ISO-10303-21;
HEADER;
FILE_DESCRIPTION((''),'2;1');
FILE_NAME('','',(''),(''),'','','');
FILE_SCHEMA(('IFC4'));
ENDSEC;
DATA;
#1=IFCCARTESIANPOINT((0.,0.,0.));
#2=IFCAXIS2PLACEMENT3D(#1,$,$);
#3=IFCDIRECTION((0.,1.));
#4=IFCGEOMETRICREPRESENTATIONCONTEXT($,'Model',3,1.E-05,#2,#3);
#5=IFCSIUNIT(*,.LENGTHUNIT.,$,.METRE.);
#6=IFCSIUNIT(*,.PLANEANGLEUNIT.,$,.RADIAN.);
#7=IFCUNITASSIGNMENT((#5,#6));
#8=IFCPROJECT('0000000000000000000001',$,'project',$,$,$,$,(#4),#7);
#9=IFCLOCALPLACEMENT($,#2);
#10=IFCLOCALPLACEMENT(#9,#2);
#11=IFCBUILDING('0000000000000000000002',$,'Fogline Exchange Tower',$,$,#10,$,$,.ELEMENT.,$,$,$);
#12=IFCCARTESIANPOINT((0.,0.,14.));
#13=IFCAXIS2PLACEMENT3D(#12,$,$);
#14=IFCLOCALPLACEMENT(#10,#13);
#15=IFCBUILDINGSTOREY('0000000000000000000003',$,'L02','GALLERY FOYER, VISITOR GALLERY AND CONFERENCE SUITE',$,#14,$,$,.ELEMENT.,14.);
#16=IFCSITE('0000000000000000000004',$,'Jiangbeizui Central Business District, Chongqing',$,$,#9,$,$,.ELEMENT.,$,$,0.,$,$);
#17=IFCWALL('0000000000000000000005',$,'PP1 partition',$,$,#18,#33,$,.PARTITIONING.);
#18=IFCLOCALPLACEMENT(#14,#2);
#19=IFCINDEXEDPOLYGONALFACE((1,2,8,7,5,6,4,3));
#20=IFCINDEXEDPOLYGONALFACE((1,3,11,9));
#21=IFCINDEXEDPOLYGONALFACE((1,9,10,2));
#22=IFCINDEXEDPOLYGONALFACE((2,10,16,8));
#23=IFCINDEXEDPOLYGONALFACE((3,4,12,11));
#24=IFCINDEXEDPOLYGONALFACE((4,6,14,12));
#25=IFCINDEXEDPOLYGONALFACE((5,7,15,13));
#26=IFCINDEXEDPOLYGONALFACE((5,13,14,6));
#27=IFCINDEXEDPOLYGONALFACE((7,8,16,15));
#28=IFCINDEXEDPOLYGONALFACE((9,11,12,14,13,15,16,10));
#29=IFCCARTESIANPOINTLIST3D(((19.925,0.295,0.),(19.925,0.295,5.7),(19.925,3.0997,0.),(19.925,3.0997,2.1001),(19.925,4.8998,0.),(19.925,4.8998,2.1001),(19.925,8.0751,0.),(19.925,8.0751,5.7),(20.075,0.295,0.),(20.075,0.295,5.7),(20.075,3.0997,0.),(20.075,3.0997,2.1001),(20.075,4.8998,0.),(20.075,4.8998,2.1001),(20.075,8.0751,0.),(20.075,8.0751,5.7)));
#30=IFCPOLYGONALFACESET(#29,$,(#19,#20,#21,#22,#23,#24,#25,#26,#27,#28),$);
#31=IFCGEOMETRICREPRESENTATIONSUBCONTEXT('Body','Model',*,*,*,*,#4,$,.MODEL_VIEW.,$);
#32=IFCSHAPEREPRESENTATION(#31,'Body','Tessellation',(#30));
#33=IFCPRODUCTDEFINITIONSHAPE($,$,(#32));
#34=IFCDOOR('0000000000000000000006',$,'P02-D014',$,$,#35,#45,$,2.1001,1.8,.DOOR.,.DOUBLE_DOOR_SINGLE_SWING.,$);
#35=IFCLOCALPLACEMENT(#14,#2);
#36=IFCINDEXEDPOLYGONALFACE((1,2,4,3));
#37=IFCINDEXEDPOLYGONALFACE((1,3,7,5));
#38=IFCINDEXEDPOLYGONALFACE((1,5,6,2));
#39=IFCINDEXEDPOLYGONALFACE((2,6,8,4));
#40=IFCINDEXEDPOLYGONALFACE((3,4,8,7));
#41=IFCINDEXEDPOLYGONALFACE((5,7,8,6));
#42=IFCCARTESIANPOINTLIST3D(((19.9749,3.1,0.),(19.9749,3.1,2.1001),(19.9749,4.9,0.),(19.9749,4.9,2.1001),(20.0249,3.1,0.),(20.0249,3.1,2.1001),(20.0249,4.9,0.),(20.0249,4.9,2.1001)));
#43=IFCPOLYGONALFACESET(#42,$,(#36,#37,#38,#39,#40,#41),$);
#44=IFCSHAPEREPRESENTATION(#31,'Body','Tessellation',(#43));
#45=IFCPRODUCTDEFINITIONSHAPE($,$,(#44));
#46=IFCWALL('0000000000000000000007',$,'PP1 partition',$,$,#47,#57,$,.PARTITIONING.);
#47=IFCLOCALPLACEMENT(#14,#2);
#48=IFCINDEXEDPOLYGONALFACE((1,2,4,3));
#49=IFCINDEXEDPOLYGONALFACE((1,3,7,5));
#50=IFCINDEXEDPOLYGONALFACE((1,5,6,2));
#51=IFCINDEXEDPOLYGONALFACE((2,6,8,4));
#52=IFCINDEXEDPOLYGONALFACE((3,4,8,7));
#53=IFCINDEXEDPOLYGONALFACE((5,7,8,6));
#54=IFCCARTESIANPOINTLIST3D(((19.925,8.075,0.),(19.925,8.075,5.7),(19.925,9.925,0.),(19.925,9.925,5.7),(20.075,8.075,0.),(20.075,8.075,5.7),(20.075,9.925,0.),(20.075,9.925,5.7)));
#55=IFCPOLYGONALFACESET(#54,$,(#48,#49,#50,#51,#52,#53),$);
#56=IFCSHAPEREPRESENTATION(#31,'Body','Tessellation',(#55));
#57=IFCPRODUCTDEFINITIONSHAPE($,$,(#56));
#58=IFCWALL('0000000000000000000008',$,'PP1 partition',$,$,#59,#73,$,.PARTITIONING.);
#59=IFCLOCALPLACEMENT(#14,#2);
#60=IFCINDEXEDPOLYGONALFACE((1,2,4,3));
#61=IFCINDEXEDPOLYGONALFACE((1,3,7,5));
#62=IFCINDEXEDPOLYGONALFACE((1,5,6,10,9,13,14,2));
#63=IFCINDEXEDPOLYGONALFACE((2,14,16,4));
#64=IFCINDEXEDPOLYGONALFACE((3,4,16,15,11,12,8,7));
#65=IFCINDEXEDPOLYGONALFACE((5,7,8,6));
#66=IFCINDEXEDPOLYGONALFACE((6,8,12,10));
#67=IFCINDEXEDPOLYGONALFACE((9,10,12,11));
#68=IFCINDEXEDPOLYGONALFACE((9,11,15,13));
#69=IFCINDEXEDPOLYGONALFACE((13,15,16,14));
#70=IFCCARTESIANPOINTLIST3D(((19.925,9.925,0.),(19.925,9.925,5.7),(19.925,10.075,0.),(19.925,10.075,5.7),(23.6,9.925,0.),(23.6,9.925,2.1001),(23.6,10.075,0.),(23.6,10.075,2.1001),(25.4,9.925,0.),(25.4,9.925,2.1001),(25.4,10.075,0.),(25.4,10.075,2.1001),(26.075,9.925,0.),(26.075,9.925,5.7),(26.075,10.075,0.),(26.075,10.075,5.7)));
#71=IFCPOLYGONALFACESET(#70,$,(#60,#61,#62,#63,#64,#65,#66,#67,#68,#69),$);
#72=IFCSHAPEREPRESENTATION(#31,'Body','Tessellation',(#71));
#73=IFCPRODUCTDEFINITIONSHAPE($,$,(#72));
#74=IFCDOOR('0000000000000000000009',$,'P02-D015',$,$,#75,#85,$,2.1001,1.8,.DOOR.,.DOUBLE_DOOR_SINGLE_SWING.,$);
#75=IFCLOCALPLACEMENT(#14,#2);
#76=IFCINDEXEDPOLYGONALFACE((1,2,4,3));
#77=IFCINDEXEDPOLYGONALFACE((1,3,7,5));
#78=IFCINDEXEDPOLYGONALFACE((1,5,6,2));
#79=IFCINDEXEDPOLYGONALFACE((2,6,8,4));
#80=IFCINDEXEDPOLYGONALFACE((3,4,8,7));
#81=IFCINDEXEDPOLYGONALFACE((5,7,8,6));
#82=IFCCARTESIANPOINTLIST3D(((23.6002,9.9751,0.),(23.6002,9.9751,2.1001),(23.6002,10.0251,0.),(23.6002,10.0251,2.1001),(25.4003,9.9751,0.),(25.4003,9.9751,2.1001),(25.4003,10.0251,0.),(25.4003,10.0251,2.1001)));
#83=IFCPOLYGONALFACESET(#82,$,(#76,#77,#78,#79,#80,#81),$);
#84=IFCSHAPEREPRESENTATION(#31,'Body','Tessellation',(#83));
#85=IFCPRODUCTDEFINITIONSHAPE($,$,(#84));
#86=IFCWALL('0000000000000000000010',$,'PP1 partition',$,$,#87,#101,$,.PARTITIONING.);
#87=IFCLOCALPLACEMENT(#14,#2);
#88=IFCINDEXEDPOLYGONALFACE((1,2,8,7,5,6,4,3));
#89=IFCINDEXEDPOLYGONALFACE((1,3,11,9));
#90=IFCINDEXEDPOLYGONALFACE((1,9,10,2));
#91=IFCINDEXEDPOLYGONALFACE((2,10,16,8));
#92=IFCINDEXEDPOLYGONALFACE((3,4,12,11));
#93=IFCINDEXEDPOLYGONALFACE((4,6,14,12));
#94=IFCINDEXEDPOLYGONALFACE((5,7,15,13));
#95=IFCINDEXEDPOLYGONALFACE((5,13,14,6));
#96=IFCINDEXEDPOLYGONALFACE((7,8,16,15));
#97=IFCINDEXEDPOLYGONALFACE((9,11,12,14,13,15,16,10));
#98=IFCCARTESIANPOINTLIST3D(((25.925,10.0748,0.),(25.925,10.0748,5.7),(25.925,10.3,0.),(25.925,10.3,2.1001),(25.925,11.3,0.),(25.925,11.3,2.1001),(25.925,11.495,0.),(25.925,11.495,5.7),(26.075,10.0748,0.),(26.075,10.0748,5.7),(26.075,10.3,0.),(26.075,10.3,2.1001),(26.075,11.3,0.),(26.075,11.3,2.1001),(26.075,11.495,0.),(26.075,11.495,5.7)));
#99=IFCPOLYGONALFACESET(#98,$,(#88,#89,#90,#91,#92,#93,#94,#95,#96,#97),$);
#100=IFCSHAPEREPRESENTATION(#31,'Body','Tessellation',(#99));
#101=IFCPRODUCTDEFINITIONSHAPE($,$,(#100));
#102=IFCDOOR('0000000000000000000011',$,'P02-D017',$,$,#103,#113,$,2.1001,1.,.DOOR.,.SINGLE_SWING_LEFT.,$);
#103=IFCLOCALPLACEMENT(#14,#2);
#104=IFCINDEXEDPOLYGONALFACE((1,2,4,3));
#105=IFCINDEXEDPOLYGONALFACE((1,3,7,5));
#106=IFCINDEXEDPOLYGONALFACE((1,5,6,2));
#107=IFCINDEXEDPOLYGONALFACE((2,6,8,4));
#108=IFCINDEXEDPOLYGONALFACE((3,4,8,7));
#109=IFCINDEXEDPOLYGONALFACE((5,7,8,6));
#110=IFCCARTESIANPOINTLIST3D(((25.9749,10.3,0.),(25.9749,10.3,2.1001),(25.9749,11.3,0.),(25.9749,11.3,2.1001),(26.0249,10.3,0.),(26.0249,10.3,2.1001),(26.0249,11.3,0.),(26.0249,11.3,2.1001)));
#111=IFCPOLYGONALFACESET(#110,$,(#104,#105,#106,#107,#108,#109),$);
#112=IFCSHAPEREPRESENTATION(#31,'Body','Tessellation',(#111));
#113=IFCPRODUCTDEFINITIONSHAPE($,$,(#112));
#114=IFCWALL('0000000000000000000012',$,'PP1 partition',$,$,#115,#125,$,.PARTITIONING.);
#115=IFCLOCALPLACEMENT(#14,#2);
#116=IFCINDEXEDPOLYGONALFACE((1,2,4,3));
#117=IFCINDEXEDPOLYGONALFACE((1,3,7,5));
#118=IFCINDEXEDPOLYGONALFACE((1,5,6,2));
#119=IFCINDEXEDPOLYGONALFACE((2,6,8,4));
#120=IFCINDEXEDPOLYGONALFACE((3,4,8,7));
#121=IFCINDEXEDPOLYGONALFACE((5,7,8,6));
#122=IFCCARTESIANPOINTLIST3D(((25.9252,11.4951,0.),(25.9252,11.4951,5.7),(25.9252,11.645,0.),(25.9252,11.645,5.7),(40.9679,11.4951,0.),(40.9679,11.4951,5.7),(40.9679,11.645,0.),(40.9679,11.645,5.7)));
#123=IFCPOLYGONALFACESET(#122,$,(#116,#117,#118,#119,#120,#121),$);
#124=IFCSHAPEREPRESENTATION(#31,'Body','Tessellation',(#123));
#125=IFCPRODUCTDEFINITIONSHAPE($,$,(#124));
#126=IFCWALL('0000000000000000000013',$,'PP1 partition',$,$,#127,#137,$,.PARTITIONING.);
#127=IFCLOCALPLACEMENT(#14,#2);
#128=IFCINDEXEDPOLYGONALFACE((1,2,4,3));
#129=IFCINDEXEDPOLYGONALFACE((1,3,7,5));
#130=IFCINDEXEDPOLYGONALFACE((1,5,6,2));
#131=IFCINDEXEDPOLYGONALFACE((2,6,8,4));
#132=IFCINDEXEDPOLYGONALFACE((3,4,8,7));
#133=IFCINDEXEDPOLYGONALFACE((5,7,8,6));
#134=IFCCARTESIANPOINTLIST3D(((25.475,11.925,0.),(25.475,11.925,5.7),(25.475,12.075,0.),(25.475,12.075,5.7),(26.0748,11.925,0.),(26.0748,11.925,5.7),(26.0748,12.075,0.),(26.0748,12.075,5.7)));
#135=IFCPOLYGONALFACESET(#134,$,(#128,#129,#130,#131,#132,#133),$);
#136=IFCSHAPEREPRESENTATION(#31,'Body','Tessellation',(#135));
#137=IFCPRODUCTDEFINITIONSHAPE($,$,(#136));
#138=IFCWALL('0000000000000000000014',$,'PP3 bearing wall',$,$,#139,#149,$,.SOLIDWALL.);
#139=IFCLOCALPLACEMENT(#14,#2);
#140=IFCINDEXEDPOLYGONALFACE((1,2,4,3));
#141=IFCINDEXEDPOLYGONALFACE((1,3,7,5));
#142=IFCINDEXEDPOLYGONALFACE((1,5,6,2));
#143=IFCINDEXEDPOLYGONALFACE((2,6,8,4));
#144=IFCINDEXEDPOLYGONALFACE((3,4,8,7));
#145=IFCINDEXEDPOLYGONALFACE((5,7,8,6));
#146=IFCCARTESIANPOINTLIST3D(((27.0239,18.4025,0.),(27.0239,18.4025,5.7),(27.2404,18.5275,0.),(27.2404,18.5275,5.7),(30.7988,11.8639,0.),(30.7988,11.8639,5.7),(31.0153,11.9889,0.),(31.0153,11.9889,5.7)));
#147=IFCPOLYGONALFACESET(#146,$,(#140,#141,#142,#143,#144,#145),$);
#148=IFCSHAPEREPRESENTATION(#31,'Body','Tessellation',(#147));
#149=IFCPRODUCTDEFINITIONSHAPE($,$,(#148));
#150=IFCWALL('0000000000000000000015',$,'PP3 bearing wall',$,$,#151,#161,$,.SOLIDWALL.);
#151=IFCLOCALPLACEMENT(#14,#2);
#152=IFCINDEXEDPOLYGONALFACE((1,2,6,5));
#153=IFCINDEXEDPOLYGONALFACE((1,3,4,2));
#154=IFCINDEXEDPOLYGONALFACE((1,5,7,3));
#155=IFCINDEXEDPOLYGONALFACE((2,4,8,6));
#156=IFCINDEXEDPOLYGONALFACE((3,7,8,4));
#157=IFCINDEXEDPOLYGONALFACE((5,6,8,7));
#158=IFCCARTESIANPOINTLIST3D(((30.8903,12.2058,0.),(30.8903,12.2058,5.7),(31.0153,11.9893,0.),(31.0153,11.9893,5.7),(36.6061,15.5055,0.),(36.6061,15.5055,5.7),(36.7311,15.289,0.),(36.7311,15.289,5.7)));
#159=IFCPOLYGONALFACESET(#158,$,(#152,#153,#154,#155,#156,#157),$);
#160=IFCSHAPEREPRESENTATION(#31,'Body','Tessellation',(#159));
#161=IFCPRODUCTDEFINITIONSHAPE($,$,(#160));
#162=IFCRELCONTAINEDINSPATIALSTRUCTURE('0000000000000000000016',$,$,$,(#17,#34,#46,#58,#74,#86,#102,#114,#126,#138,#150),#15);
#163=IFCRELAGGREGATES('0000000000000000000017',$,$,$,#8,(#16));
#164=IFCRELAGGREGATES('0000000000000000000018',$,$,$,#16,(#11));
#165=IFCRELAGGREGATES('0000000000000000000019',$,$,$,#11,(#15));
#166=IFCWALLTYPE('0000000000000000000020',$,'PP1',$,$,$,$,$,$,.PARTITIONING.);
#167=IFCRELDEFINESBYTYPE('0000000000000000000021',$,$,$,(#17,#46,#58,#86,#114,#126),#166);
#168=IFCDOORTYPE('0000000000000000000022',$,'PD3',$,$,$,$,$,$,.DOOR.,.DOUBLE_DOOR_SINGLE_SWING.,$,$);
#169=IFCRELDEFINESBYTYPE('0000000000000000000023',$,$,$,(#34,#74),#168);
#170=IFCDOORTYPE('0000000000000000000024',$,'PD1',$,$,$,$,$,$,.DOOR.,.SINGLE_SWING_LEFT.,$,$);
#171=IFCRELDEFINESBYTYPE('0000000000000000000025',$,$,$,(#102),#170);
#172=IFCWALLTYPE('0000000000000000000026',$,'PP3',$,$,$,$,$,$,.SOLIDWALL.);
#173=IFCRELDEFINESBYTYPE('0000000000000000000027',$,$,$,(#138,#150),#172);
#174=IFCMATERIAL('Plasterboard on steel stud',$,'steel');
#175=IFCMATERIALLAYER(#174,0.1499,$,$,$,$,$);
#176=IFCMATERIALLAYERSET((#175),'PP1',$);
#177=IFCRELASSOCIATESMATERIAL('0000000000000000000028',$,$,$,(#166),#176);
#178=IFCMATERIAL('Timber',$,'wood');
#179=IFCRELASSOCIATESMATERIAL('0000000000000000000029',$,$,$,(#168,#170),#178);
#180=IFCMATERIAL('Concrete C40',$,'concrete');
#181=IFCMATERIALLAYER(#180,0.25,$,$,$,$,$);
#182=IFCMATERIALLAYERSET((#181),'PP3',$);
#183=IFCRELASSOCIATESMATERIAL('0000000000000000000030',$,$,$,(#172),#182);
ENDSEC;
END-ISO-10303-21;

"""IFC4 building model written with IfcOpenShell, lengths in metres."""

from ifc_helpers import new_model, si_unit, direction, frame, frame_2d, origin, place, context, subcontext, project, spatial, rectangle, extrude, material, layer, layer_set, type_object, element, fill, save


model = new_model("IFC4")

# Units and contexts
model_context = context("Model", 3, precision=1e-05, world=origin(), true_north=direction((0.0, 1.0)))
body_context = subcontext(model_context, "Body", "Model", "MODEL_VIEW")
ifc_project = project(units=[si_unit("LENGTHUNIT", "METRE"), si_unit("PLANEANGLEUNIT", "RADIAN")], contexts=[model_context])

# Site, building, storey
site_placement = place(None, origin())
site = spatial("IfcSite", under=ifc_project, at=site_placement, Name="Jiangbeizui Central Business District, Chongqing", CompositionType="ELEMENT", RefElevation=0.0)
building_placement = place(site_placement, origin())
building = spatial("IfcBuilding", under=site, at=building_placement, Name="Fogline Exchange Tower", CompositionType="ELEMENT")
storey_placement = place(building_placement, frame((0.0, 0.0, 14.0)))
storey = spatial("IfcBuildingStorey", under=building, at=storey_placement, Name="L02", Description="GALLERY FOYER, VISITOR GALLERY AND CONFERENCE SUITE", CompositionType="ELEMENT", Elevation=14.0)

# Wall, opening, door
ifc_material_1 = material(Name="Plasterboard on steel stud", Category="steel")
ifc_layer_1 = layer(ifc_material_1, 0.1499)
ifc_layer_set_1 = layer_set([ifc_layer_1], Name="PP1")
wall_type_1 = type_object("IfcWallType", Name="PP1", PredefinedType="PARTITIONING", material=ifc_layer_set_1)
wall_1_placement = place(storey_placement, frame((20.0, 0.2949, 0.0), z_axis=(0.0, 0.0, 1.0), x_axis=(0.0, 1.0, 0.0)))
wall_1 = element("IfcWall", 1, at=wall_1_placement, inside=storey, type_object=wall_type_1, Name="PP1 partition", PredefinedType="PARTITIONING", context=body_context, shape_type="SweptSolid", body=[
    extrude(rectangle(XDim=7.78, YDim=0.1499, at=frame_2d((3.8901, 0.0))), origin(), (0.0, 0.0, 1.0), 5.7),
])
opening_1_placement = place(wall_1_placement, frame((2.8049, 0.0, 0.0)))
opening_1 = element("IfcOpeningElement", 2, at=opening_1_placement, cuts=wall_1, PredefinedType="OPENING", context=body_context, shape_type="SweptSolid", body=[
    extrude(rectangle(XDim=1.8, YDim=2.1001, at=frame_2d((0.8999, 1.05))), frame((0.0, 0.085, 0.0), z_axis=(0.0, -1.0, 0.0), x_axis=(1.0, 0.0, 0.0)), (0.0, 0.0, 1.0), 0.1699),
])
ifc_material_2 = material(Name="Timber", Category="wood")
door_type_1 = type_object("IfcDoorType", Name="PD3", OperationType="DOUBLE_DOOR_SINGLE_SWING", PredefinedType="DOOR", material=ifc_material_2)
door_1_placement = place(opening_1_placement, frame((1.8, 0.0, 0.0), z_axis=(0.0, 0.0, 1.0), x_axis=(-1.0, 0.0, 0.0)))
door_1 = element("IfcDoor", 3, at=door_1_placement, inside=storey, type_object=door_type_1, Name="P02-D014", OperationType="DOUBLE_DOOR_SINGLE_SWING", OverallHeight=2.1001, OverallWidth=1.8, PredefinedType="DOOR", context=body_context, shape_type="SweptSolid", body=[
    extrude(rectangle(XDim=1.8, YDim=2.1001, at=frame_2d((0.8999, 1.05))), frame((0.0, 0.0249, 0.0), z_axis=(0.0, -1.0, 0.0), x_axis=(1.0, 0.0, 0.0)), (0.0, 0.0, 1.0), 0.05),
])
fill(opening_1, door_1)

# Wall
wall_2_placement = place(storey_placement, frame((20.0, 8.075, 0.0), z_axis=(0.0, 0.0, 1.0), x_axis=(0.0, 1.0, 0.0)))
element("IfcWall", 4, at=wall_2_placement, inside=storey, type_object=wall_type_1, Name="PP1 partition", PredefinedType="PARTITIONING", context=body_context, shape_type="SweptSolid", body=[
    extrude(rectangle(XDim=1.8501, YDim=0.1499, at=frame_2d((0.925, 0.0))), origin(), (0.0, 0.0, 1.0), 5.7),
])

# Walls, openings, doors
wall_3_placement = place(storey_placement, frame((19.925, 10.0, 0.0), z_axis=(0.0, 0.0, 1.0), x_axis=(1.0, 0.0, 0.0)))
wall_3 = element("IfcWall", 5, at=wall_3_placement, inside=storey, type_object=wall_type_1, Name="PP1 partition", PredefinedType="PARTITIONING", context=body_context, shape_type="SweptSolid", body=[
    extrude(rectangle(XDim=6.1499, YDim=0.1499, at=frame_2d((3.075, 0.0))), origin(), (0.0, 0.0, 1.0), 5.7),
])
opening_2_placement = place(wall_3_placement, frame((3.675, 0.0, 0.0)))
opening_2 = element("IfcOpeningElement", 6, at=opening_2_placement, cuts=wall_3, PredefinedType="OPENING", context=body_context, shape_type="SweptSolid", body=[
    extrude(rectangle(XDim=1.8, YDim=2.1001, at=frame_2d((0.8999, 1.05))), frame((0.0, 0.085, 0.0), z_axis=(0.0, -1.0, 0.0), x_axis=(1.0, 0.0, 0.0)), (0.0, 0.0, 1.0), 0.1699),
])
door_2_placement = place(opening_2_placement, frame((1.8, 0.0, 0.0), z_axis=(0.0, 0.0, 1.0), x_axis=(-1.0, 0.0, 0.0)))
door_2 = element("IfcDoor", 7, at=door_2_placement, inside=storey, type_object=door_type_1, Name="P02-D015", OperationType="DOUBLE_DOOR_SINGLE_SWING", OverallHeight=2.1001, OverallWidth=1.8, PredefinedType="DOOR", context=body_context, shape_type="SweptSolid", body=[
    extrude(rectangle(XDim=1.8, YDim=2.1001, at=frame_2d((0.8999, 1.05))), frame((0.0, 0.0249, 0.0), z_axis=(0.0, -1.0, 0.0), x_axis=(1.0, 0.0, 0.0)), (0.0, 0.0, 1.0), 0.05),
])
fill(opening_2, door_2)
wall_4_placement = place(storey_placement, frame((26.0, 10.075, 0.0), z_axis=(0.0, 0.0, 1.0), x_axis=(0.0, 1.0, 0.0)))
wall_4 = element("IfcWall", 8, at=wall_4_placement, inside=storey, type_object=wall_type_1, Name="PP1 partition", PredefinedType="PARTITIONING", context=body_context, shape_type="SweptSolid", body=[
    extrude(rectangle(XDim=1.4202, YDim=0.1499, at=frame_2d((0.71, 0.0))), origin(), (0.0, 0.0, 1.0), 5.7),
])
opening_3_placement = place(wall_4_placement, frame((0.2251, 0.0, 0.0)))
opening_3 = element("IfcOpeningElement", 9, at=opening_3_placement, cuts=wall_4, PredefinedType="OPENING", context=body_context, shape_type="SweptSolid", body=[
    extrude(rectangle(XDim=1.0, YDim=2.1001, at=frame_2d((0.5, 1.05))), frame((0.0, 0.085, 0.0), z_axis=(0.0, -1.0, 0.0), x_axis=(1.0, 0.0, 0.0)), (0.0, 0.0, 1.0), 0.1699),
])
door_type_2 = type_object("IfcDoorType", Name="PD1", OperationType="SINGLE_SWING_LEFT", PredefinedType="DOOR", material=ifc_material_2)
door_3_placement = place(opening_3_placement, frame((1.0, 0.0, 0.0), z_axis=(0.0, 0.0, 1.0), x_axis=(-1.0, 0.0, 0.0)))
door_3 = element("IfcDoor", 10, at=door_3_placement, inside=storey, type_object=door_type_2, Name="P02-D017", OperationType="SINGLE_SWING_LEFT", OverallHeight=2.1001, OverallWidth=1.0, PredefinedType="DOOR", context=body_context, shape_type="SweptSolid", body=[
    extrude(rectangle(XDim=1.0, YDim=2.1001, at=frame_2d((0.5, 1.05))), frame((0.0, 0.0249, 0.0), z_axis=(0.0, -1.0, 0.0), x_axis=(1.0, 0.0, 0.0)), (0.0, 0.0, 1.0), 0.05),
])
fill(opening_3, door_3)

# Walls
wall_5_placement = place(storey_placement, frame((25.925, 11.5701, 0.0), z_axis=(0.0, 0.0, 1.0), x_axis=(1.0, 0.0, 0.0)))
element("IfcWall", 11, at=wall_5_placement, inside=storey, type_object=wall_type_1, Name="PP1 partition", PredefinedType="PARTITIONING", context=body_context, shape_type="SweptSolid", body=[
    extrude(rectangle(XDim=15.0427, YDim=0.1499, at=frame_2d((7.5215, 0.0))), origin(), (0.0, 0.0, 1.0), 5.7),
])
wall_6_placement = place(storey_placement, frame((25.4751, 12.0, 0.0), z_axis=(0.0, 0.0, 1.0), x_axis=(1.0, 0.0, 0.0)))
element("IfcWall", 12, at=wall_6_placement, inside=storey, type_object=wall_type_1, Name="PP1 partition", PredefinedType="PARTITIONING", context=body_context, shape_type="SweptSolid", body=[
    extrude(rectangle(XDim=0.5999, YDim=0.1499, at=frame_2d((0.2998, 0.0))), origin(), (0.0, 0.0, 1.0), 5.7),
])
ifc_material_3 = material(Name="Concrete C40", Category="concrete")
ifc_layer_2 = layer(ifc_material_3, 0.25)
ifc_layer_set_2 = layer_set([ifc_layer_2], Name="PP3")
wall_type_2 = type_object("IfcWallType", Name="PP3", PredefinedType="SOLIDWALL", material=ifc_layer_set_2)
wall_7_placement = place(storey_placement, frame((30.907, 11.9265, 0.0), z_axis=(0.0, 0.0, 1.0), x_axis=(-0.499986, 0.866034, 0.0)))
element("IfcWall", 13, at=wall_7_placement, inside=storey, type_object=wall_type_2, Name="PP3 bearing wall", PredefinedType="SOLIDWALL", context=body_context, shape_type="SweptSolid", body=[
    extrude(rectangle(XDim=7.55, YDim=0.25, at=frame_2d((3.7749, 0.0))), origin(), (0.0, 0.0, 1.0), 5.7),
])
wall_8_placement = place(storey_placement, frame((36.6685, 15.3972, 0.0), z_axis=(0.0, 0.0, 1.0), x_axis=(-0.86604, -0.499974, 0.0)))
element("IfcWall", 14, at=wall_8_placement, inside=storey, type_object=wall_type_2, Name="PP3 bearing wall", PredefinedType="SOLIDWALL", context=body_context, shape_type="SweptSolid", body=[
    extrude(rectangle(XDim=6.5999, YDim=0.25, at=frame_2d((3.2998, 0.0))), origin(), (0.0, 0.0, 1.0), 5.7),
])

save(model, "model.ifc")
